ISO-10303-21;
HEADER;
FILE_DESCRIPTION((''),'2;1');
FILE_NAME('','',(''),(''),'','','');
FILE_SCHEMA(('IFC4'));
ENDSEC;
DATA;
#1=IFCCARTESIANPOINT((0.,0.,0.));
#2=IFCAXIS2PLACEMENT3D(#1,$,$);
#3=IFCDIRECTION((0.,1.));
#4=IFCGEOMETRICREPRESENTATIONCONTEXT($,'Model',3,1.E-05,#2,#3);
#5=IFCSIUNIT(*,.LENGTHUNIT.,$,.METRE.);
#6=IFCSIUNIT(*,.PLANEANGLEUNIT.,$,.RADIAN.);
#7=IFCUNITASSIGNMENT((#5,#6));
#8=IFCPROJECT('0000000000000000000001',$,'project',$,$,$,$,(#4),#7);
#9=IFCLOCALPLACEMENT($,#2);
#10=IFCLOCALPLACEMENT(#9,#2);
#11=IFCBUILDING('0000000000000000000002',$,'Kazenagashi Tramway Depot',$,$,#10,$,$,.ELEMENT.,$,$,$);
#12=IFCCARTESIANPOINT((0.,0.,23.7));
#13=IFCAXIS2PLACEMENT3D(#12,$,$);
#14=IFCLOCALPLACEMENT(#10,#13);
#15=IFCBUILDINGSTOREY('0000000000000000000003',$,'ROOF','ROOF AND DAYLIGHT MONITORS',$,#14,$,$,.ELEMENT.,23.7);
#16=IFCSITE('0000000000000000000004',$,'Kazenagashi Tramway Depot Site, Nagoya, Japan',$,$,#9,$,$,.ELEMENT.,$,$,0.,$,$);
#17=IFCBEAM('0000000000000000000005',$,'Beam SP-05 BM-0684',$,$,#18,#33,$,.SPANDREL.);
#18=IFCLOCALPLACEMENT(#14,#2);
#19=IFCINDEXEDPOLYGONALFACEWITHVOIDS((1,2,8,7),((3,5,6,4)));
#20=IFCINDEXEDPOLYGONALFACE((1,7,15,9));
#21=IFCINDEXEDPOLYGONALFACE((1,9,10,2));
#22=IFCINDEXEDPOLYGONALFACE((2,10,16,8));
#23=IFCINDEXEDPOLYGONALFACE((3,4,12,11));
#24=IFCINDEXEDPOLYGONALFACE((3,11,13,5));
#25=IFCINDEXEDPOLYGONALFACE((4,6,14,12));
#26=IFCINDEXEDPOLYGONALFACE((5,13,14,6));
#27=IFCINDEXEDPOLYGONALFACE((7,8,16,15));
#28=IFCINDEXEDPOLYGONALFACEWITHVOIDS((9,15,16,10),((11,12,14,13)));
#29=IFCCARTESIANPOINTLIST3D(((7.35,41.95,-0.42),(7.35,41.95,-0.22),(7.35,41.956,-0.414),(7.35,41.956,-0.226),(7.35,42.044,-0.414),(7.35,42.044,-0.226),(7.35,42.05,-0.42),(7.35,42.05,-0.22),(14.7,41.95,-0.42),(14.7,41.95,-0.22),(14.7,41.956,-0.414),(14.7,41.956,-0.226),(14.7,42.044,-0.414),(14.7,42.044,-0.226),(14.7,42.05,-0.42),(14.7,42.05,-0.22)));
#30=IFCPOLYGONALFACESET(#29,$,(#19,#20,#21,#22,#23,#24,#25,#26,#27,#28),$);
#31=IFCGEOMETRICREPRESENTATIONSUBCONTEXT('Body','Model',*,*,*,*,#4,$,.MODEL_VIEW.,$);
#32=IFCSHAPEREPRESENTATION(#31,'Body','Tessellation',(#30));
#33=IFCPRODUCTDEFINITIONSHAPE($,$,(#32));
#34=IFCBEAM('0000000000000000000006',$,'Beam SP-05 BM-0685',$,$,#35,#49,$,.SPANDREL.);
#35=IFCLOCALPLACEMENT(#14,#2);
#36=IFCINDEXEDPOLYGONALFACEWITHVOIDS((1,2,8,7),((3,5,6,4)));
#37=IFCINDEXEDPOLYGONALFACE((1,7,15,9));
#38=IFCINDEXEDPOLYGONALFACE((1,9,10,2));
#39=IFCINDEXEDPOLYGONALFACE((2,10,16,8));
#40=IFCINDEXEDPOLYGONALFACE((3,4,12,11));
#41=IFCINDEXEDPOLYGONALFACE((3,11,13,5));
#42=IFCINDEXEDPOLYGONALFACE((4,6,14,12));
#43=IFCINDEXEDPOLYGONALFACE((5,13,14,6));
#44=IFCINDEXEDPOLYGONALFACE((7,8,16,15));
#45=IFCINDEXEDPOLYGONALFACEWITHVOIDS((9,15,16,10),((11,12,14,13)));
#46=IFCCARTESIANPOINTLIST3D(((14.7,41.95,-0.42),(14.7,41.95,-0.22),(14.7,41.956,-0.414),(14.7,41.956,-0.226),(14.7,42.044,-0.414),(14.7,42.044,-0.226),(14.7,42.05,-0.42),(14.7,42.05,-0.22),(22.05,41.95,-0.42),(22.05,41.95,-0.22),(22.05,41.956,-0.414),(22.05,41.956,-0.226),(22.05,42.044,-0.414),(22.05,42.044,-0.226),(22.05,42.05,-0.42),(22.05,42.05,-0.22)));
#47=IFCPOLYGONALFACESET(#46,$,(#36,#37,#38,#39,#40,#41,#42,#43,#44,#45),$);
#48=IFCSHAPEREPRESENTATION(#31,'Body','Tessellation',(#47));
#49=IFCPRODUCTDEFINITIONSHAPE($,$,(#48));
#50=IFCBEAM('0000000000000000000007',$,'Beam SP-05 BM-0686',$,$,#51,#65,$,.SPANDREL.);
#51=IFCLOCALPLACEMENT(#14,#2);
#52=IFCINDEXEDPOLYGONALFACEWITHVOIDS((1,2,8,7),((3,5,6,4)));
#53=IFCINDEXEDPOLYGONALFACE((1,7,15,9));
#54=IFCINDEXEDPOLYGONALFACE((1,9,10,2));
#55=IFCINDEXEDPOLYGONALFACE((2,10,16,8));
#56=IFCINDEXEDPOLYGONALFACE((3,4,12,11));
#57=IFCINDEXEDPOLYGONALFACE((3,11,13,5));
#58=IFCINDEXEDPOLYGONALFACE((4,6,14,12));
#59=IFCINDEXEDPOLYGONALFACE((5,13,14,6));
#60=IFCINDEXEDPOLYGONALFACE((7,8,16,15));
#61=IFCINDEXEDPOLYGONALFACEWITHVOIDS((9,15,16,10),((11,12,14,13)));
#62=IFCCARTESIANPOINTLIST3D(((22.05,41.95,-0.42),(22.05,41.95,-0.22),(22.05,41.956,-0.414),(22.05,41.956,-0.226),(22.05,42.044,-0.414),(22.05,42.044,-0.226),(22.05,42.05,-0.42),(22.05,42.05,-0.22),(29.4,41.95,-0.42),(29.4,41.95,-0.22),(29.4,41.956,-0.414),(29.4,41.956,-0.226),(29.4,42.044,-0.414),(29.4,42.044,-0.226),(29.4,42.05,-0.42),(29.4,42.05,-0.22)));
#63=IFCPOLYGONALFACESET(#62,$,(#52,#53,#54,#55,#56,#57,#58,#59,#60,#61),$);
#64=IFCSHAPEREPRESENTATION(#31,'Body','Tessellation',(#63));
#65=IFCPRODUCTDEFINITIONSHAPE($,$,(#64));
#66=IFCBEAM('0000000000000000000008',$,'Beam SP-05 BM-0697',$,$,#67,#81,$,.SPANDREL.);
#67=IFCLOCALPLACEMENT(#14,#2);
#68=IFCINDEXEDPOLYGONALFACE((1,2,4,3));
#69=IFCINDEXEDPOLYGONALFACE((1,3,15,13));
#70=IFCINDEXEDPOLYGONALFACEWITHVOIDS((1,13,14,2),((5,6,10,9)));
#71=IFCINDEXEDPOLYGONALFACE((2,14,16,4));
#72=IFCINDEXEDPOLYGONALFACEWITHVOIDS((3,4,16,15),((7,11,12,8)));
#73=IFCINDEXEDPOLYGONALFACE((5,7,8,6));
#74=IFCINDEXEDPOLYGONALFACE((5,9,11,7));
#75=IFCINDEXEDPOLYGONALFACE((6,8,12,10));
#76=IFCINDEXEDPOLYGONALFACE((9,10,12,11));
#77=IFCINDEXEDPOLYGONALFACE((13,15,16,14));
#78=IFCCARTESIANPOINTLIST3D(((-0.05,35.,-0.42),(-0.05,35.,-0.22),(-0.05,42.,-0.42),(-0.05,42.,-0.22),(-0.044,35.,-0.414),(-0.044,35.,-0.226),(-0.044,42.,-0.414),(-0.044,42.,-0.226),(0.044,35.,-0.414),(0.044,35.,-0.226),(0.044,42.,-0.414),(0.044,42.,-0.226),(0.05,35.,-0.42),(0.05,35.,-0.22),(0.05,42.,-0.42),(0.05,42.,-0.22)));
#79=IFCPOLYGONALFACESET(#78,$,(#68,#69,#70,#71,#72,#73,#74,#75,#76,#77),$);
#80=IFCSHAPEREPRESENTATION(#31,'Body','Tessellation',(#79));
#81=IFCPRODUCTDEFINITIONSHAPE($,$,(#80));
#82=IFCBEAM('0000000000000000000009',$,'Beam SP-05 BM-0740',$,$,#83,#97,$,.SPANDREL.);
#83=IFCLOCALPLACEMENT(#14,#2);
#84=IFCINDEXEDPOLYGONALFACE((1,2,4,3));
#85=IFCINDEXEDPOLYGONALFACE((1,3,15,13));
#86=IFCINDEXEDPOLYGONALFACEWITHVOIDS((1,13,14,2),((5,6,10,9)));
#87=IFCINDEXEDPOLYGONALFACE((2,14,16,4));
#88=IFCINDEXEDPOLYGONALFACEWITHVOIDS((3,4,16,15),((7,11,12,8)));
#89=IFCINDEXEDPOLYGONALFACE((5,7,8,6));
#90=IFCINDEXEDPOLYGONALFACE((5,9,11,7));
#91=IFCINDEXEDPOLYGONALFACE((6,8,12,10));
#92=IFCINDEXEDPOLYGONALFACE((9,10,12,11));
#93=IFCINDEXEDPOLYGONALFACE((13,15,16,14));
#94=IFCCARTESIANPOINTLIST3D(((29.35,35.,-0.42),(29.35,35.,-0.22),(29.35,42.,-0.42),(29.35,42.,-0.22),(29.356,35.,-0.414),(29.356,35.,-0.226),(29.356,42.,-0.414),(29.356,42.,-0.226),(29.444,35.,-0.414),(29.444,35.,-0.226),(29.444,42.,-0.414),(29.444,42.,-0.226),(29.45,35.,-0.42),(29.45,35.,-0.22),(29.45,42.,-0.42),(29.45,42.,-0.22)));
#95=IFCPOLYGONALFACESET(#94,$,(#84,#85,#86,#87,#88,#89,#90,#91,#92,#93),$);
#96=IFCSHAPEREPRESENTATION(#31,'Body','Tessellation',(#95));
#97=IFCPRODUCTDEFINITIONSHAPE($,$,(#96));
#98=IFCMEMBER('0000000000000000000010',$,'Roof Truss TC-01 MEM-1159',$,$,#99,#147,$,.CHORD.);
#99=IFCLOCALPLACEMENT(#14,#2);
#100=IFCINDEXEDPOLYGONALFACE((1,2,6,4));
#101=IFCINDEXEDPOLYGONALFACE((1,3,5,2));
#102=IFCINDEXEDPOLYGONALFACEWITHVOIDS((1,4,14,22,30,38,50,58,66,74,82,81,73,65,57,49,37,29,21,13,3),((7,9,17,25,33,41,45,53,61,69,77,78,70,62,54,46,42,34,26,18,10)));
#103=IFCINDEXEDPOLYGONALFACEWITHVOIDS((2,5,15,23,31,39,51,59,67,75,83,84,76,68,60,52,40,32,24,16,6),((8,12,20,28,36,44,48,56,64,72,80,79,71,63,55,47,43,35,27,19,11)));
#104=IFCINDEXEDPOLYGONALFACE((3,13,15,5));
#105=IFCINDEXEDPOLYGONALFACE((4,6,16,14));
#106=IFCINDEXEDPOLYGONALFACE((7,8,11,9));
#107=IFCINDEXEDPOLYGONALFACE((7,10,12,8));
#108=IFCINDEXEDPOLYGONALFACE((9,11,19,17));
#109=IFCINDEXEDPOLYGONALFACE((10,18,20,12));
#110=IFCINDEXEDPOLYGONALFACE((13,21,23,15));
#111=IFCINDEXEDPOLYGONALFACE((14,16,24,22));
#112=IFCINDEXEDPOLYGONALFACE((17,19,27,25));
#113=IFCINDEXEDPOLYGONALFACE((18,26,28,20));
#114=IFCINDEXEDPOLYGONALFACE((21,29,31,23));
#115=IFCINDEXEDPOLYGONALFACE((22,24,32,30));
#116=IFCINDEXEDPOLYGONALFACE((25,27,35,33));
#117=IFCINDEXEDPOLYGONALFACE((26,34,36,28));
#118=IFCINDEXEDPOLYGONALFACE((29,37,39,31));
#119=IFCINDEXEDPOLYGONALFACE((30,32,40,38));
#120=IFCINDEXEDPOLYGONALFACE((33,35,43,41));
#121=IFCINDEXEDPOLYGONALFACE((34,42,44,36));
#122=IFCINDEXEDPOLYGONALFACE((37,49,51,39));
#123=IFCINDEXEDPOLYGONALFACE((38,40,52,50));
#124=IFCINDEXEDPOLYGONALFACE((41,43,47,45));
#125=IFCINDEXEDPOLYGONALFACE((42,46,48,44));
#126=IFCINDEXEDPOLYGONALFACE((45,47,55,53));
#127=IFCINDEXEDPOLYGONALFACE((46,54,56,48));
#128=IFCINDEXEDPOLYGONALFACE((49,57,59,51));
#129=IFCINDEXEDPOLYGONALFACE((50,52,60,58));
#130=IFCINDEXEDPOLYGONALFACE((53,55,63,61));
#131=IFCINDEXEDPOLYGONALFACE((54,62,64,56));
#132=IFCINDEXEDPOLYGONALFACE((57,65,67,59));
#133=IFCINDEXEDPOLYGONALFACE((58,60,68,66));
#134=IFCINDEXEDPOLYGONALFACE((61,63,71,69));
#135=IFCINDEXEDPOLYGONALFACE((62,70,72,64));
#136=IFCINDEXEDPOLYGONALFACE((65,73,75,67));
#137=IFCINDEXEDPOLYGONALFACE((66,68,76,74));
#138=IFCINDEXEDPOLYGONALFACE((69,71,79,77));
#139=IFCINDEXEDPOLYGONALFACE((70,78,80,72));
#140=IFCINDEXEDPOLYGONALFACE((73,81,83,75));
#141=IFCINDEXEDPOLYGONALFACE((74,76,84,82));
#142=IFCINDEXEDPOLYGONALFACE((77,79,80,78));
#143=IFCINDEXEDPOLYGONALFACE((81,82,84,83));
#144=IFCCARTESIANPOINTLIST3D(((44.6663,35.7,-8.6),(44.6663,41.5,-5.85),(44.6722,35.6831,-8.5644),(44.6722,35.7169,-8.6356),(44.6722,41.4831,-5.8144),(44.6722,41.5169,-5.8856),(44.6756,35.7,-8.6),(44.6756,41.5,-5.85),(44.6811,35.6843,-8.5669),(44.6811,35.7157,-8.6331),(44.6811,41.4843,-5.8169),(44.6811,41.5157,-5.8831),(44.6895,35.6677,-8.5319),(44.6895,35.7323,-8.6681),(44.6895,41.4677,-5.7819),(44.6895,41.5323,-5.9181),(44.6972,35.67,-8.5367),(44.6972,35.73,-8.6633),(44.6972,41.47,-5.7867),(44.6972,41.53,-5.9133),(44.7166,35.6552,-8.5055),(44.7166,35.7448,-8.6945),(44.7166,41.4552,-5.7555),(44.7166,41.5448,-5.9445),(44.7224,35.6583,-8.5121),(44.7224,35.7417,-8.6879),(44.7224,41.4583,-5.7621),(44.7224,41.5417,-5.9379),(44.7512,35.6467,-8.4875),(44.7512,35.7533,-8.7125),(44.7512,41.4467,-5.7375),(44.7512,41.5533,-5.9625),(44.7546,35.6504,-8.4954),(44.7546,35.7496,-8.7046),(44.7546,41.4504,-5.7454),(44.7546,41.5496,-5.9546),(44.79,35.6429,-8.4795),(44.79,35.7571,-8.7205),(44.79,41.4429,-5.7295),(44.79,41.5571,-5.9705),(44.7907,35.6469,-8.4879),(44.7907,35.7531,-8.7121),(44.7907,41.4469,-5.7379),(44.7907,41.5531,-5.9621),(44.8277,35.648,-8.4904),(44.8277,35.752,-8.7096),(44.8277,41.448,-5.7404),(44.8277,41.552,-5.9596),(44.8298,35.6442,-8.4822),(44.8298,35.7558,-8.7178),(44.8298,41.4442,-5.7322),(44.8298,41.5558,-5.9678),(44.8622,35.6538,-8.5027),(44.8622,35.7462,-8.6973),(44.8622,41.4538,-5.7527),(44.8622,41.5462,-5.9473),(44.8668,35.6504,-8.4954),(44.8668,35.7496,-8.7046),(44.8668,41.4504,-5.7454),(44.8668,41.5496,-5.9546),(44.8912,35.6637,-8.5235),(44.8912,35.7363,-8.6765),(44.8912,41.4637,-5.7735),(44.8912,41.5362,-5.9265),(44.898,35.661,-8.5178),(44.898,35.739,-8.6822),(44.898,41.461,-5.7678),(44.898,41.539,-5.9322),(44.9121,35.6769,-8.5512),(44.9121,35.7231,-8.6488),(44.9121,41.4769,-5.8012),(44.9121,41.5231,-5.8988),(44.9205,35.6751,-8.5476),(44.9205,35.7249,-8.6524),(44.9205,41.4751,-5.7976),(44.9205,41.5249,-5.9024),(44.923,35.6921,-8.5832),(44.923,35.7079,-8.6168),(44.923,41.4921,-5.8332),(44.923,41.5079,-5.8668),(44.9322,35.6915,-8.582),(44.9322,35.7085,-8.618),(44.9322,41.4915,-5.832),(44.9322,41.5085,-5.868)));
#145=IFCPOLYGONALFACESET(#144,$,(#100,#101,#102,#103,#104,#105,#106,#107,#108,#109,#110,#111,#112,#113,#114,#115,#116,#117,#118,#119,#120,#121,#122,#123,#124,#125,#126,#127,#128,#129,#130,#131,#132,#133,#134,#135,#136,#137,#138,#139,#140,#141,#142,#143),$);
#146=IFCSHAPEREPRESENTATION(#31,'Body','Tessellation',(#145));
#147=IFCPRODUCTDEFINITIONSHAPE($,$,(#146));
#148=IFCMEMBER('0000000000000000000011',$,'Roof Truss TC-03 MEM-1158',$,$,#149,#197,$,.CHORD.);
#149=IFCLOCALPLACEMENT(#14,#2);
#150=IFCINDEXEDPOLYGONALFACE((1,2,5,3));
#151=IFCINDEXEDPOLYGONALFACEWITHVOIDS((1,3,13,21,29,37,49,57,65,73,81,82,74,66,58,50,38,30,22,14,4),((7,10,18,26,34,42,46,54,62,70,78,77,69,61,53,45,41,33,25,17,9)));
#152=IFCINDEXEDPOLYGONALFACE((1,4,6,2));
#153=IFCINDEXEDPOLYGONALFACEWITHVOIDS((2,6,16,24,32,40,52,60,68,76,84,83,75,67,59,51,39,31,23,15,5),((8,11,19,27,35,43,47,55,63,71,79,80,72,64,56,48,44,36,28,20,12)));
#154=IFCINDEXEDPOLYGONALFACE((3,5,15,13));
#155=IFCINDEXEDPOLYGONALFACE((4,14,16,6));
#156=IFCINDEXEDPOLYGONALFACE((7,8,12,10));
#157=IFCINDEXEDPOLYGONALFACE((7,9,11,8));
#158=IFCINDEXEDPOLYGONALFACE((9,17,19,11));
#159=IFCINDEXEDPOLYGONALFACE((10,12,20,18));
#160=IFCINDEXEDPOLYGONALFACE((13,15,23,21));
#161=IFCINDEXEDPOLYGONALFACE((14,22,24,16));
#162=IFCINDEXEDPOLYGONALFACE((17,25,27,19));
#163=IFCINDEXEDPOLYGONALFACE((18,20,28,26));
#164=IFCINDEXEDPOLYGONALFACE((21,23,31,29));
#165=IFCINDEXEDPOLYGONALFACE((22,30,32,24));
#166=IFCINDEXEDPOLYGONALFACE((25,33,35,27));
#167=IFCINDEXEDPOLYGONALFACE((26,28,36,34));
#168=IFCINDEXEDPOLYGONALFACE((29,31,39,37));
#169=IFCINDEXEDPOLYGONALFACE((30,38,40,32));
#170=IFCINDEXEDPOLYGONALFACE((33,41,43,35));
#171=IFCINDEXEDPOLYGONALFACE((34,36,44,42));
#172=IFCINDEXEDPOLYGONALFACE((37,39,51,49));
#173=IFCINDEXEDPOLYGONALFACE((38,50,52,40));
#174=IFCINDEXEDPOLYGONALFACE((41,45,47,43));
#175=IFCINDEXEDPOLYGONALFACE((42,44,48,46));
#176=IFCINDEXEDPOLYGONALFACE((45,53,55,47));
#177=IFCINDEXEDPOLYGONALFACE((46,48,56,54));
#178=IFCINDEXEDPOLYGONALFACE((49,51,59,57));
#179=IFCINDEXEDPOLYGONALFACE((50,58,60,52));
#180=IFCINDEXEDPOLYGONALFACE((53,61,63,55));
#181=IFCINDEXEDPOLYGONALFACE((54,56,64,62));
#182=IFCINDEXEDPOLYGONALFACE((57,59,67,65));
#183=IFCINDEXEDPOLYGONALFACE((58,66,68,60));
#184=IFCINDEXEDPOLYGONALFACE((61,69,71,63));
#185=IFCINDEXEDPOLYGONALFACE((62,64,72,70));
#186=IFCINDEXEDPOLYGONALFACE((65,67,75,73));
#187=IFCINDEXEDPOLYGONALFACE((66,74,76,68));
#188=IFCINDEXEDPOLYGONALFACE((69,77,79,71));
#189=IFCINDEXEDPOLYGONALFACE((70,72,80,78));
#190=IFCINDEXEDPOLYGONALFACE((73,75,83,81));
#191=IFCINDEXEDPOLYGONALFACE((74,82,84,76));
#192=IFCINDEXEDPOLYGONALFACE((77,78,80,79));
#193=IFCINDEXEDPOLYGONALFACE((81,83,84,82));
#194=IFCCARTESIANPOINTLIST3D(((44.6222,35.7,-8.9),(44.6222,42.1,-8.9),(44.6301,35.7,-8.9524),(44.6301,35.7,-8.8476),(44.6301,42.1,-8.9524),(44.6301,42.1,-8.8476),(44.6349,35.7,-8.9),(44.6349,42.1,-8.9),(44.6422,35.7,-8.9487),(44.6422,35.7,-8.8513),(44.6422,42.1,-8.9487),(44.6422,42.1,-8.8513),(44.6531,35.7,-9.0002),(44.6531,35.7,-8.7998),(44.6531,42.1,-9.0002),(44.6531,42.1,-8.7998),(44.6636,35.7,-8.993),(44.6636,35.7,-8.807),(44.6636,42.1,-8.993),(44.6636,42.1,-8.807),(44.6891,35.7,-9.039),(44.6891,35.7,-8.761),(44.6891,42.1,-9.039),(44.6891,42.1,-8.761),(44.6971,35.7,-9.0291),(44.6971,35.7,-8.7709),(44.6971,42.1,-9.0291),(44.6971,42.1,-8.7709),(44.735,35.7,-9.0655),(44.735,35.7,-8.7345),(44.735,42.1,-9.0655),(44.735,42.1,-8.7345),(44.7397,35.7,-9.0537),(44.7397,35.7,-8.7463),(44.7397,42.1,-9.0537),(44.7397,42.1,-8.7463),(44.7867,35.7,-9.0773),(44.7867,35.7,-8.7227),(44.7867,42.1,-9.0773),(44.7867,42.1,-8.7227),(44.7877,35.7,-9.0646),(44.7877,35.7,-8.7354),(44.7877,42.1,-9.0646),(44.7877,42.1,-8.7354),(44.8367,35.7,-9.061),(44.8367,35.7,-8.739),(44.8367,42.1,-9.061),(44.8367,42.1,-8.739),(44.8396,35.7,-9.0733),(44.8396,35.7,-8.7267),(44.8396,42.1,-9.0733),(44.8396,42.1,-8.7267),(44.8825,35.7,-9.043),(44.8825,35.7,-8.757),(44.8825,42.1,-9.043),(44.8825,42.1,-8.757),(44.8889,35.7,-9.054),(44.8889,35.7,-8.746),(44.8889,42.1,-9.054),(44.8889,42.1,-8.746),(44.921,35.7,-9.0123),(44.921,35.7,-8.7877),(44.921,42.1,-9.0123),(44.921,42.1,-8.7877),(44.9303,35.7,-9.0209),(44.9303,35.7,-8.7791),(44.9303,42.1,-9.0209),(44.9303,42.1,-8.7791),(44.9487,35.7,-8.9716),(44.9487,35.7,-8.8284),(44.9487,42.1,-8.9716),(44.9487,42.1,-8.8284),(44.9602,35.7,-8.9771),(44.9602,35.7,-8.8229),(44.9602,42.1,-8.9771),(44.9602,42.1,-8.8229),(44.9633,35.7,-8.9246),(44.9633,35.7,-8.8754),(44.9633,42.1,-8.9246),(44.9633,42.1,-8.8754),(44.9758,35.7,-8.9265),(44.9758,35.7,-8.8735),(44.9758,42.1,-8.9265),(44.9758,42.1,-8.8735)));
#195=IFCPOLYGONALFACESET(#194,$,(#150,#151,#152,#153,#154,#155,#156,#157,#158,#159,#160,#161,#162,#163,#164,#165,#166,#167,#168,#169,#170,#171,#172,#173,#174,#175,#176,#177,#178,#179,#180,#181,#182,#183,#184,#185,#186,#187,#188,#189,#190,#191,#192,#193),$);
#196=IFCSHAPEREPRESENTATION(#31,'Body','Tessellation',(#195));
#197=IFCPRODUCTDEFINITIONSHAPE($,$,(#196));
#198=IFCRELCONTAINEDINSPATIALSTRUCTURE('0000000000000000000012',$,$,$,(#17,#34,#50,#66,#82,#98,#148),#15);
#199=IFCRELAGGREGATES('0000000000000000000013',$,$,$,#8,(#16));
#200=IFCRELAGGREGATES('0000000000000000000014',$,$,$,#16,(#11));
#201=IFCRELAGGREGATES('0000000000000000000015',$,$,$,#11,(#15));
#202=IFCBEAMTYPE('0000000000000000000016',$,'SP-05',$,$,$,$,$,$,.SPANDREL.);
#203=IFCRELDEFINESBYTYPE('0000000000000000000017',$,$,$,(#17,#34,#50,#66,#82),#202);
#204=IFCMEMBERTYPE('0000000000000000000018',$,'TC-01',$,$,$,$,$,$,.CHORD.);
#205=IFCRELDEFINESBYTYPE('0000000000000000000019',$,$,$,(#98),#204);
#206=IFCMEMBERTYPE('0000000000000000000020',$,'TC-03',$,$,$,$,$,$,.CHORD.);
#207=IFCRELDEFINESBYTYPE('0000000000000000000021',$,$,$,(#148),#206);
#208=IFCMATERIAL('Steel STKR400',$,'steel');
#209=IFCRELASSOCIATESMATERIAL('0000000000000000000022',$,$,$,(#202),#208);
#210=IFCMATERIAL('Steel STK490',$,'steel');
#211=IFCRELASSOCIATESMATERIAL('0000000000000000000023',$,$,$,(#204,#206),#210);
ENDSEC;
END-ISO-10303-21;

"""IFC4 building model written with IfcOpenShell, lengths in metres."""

from ifc_helpers import new_model, si_unit, direction, frame, origin, origin_2d, place, context, subcontext, project, spatial, hollow_rectangle, hollow_circle, extrude, material, material_profile, profile_set, type_object, element, save


model = new_model("IFC4")

# Units and contexts
model_context = context("Model", 3, precision=1e-05, world=origin(), true_north=direction((0.0, 1.0)))
body_context = subcontext(model_context, "Body", "Model", "MODEL_VIEW")
ifc_project = project(units=[si_unit("LENGTHUNIT", "METRE"), si_unit("PLANEANGLEUNIT", "RADIAN")], contexts=[model_context])

# Site, building, storey
site_placement = place(None, origin())
site = spatial("IfcSite", under=ifc_project, at=site_placement, Name="Kazenagashi Tramway Depot Site, Nagoya, Japan", CompositionType="ELEMENT", RefElevation=0.0)
building_placement = place(site_placement, origin())
building = spatial("IfcBuilding", under=site, at=building_placement, Name="Kazenagashi Tramway Depot", CompositionType="ELEMENT")
storey_placement = place(building_placement, frame((0.0, 0.0, 23.7)))
storey = spatial("IfcBuildingStorey", under=building, at=storey_placement, Name="ROOF", Description="ROOF AND DAYLIGHT MONITORS", CompositionType="ELEMENT", Elevation=23.7)

# Shared definitions
ifc_material_1 = material(Name="Steel STKR400", Category="steel")

# Beams
ifc_material_profile_1 = material_profile(ifc_material_1, hollow_rectangle(XDim=0.1, YDim=0.2, WallThickness=0.006, at=origin_2d()), Name="RHS-200x100x6")
ifc_profile_set_1 = profile_set([ifc_material_profile_1], Name="Steel STKR400")
beam_type_1 = type_object("IfcBeamType", Name="SP-05", PredefinedType="SPANDREL", material=ifc_profile_set_1)
for number, where, z_axis, x_axis, name in (
    (1, (7.35, 42.0, -0.32), (1.0, 0.0, 0.0), (0.0, 1.0, 0.0), "Beam SP-05 BM-0684"),
    (2, (14.7, 42.0, -0.32), (1.0, 0.0, 0.0), (0.0, 1.0, 0.0), "Beam SP-05 BM-0685"),
    (3, (22.05, 42.0, -0.32), (1.0, 0.0, 0.0), (0.0, 1.0, 0.0), "Beam SP-05 BM-0686"),
):
    element("IfcBeam", number, at=place(storey_placement, frame(where, z_axis=z_axis, x_axis=x_axis)), inside=storey, type_object=beam_type_1, Name=name, PredefinedType="SPANDREL", context=body_context, shape_type="SweptSolid", body=[
        extrude(hollow_rectangle(XDim=0.1, YDim=0.2, WallThickness=0.006, at=origin_2d()), origin(), (0.0, 0.0, 1.0), 7.35),
    ])
for number, where, z_axis, x_axis, name in (
    (4, (0.0, 35.0, -0.32), (0.0, 1.0, 0.0), (-1.0, 0.0, 0.0), "Beam SP-05 BM-0697"),
    (5, (29.4, 35.0, -0.32), (0.0, 1.0, 0.0), (-1.0, 0.0, 0.0), "Beam SP-05 BM-0740"),
):
    element("IfcBeam", number, at=place(storey_placement, frame(where, z_axis=z_axis, x_axis=x_axis)), inside=storey, type_object=beam_type_1, Name=name, PredefinedType="SPANDREL", context=body_context, shape_type="SweptSolid", body=[
        extrude(hollow_rectangle(XDim=0.1, YDim=0.2, WallThickness=0.006, at=origin_2d()), origin(), (0.0, 0.0, 1.0), 7.0),
    ])

# Members
ifc_material_2 = material(Name="Steel STK490", Category="steel")
ifc_material_profile_2 = material_profile(ifc_material_2, hollow_circle(Radius=0.1337, WallThickness=0.0093, at=origin_2d()), Name="CHS-267.4x9.3")
ifc_profile_set_2 = profile_set([ifc_material_profile_2], Name="Steel STK490")
member_type_1 = type_object("IfcMemberType", Name="TC-01", PredefinedType="CHORD", material=ifc_profile_set_2)
member_1_placement = place(storey_placement, frame((44.8, 35.7, -8.6), z_axis=(0.0, 0.903579, 0.428421), x_axis=(-1.0, 0.0, 0.0)))
element("IfcMember", 6, at=member_1_placement, inside=storey, type_object=member_type_1, Name="Roof Truss TC-01 MEM-1159", PredefinedType="CHORD", context=body_context, shape_type="SweptSolid", body=[
    extrude(hollow_circle(Radius=0.1337, WallThickness=0.0093, at=origin_2d()), origin(), (0.0, 0.0, 1.0), 6.4189),
])
ifc_material_profile_3 = material_profile(ifc_material_2, hollow_circle(Radius=0.1778, WallThickness=0.0127, at=origin_2d()), Name="CHS-355.6x12.7")
ifc_profile_set_3 = profile_set([ifc_material_profile_3], Name="Steel STK490")
member_type_2 = type_object("IfcMemberType", Name="TC-03", PredefinedType="CHORD", material=ifc_profile_set_3)
member_2_placement = place(storey_placement, frame((44.8, 35.7, -8.9), z_axis=(0.0, 1.0, 0.0), x_axis=(-1.0, 0.0, 0.0)))
element("IfcMember", 7, at=member_2_placement, inside=storey, type_object=member_type_2, Name="Roof Truss TC-03 MEM-1158", PredefinedType="CHORD", context=body_context, shape_type="SweptSolid", body=[
    extrude(hollow_circle(Radius=0.1778, WallThickness=0.0127, at=origin_2d()), origin(), (0.0, 0.0, 1.0), 6.4),
])

save(model, "model.ifc")
